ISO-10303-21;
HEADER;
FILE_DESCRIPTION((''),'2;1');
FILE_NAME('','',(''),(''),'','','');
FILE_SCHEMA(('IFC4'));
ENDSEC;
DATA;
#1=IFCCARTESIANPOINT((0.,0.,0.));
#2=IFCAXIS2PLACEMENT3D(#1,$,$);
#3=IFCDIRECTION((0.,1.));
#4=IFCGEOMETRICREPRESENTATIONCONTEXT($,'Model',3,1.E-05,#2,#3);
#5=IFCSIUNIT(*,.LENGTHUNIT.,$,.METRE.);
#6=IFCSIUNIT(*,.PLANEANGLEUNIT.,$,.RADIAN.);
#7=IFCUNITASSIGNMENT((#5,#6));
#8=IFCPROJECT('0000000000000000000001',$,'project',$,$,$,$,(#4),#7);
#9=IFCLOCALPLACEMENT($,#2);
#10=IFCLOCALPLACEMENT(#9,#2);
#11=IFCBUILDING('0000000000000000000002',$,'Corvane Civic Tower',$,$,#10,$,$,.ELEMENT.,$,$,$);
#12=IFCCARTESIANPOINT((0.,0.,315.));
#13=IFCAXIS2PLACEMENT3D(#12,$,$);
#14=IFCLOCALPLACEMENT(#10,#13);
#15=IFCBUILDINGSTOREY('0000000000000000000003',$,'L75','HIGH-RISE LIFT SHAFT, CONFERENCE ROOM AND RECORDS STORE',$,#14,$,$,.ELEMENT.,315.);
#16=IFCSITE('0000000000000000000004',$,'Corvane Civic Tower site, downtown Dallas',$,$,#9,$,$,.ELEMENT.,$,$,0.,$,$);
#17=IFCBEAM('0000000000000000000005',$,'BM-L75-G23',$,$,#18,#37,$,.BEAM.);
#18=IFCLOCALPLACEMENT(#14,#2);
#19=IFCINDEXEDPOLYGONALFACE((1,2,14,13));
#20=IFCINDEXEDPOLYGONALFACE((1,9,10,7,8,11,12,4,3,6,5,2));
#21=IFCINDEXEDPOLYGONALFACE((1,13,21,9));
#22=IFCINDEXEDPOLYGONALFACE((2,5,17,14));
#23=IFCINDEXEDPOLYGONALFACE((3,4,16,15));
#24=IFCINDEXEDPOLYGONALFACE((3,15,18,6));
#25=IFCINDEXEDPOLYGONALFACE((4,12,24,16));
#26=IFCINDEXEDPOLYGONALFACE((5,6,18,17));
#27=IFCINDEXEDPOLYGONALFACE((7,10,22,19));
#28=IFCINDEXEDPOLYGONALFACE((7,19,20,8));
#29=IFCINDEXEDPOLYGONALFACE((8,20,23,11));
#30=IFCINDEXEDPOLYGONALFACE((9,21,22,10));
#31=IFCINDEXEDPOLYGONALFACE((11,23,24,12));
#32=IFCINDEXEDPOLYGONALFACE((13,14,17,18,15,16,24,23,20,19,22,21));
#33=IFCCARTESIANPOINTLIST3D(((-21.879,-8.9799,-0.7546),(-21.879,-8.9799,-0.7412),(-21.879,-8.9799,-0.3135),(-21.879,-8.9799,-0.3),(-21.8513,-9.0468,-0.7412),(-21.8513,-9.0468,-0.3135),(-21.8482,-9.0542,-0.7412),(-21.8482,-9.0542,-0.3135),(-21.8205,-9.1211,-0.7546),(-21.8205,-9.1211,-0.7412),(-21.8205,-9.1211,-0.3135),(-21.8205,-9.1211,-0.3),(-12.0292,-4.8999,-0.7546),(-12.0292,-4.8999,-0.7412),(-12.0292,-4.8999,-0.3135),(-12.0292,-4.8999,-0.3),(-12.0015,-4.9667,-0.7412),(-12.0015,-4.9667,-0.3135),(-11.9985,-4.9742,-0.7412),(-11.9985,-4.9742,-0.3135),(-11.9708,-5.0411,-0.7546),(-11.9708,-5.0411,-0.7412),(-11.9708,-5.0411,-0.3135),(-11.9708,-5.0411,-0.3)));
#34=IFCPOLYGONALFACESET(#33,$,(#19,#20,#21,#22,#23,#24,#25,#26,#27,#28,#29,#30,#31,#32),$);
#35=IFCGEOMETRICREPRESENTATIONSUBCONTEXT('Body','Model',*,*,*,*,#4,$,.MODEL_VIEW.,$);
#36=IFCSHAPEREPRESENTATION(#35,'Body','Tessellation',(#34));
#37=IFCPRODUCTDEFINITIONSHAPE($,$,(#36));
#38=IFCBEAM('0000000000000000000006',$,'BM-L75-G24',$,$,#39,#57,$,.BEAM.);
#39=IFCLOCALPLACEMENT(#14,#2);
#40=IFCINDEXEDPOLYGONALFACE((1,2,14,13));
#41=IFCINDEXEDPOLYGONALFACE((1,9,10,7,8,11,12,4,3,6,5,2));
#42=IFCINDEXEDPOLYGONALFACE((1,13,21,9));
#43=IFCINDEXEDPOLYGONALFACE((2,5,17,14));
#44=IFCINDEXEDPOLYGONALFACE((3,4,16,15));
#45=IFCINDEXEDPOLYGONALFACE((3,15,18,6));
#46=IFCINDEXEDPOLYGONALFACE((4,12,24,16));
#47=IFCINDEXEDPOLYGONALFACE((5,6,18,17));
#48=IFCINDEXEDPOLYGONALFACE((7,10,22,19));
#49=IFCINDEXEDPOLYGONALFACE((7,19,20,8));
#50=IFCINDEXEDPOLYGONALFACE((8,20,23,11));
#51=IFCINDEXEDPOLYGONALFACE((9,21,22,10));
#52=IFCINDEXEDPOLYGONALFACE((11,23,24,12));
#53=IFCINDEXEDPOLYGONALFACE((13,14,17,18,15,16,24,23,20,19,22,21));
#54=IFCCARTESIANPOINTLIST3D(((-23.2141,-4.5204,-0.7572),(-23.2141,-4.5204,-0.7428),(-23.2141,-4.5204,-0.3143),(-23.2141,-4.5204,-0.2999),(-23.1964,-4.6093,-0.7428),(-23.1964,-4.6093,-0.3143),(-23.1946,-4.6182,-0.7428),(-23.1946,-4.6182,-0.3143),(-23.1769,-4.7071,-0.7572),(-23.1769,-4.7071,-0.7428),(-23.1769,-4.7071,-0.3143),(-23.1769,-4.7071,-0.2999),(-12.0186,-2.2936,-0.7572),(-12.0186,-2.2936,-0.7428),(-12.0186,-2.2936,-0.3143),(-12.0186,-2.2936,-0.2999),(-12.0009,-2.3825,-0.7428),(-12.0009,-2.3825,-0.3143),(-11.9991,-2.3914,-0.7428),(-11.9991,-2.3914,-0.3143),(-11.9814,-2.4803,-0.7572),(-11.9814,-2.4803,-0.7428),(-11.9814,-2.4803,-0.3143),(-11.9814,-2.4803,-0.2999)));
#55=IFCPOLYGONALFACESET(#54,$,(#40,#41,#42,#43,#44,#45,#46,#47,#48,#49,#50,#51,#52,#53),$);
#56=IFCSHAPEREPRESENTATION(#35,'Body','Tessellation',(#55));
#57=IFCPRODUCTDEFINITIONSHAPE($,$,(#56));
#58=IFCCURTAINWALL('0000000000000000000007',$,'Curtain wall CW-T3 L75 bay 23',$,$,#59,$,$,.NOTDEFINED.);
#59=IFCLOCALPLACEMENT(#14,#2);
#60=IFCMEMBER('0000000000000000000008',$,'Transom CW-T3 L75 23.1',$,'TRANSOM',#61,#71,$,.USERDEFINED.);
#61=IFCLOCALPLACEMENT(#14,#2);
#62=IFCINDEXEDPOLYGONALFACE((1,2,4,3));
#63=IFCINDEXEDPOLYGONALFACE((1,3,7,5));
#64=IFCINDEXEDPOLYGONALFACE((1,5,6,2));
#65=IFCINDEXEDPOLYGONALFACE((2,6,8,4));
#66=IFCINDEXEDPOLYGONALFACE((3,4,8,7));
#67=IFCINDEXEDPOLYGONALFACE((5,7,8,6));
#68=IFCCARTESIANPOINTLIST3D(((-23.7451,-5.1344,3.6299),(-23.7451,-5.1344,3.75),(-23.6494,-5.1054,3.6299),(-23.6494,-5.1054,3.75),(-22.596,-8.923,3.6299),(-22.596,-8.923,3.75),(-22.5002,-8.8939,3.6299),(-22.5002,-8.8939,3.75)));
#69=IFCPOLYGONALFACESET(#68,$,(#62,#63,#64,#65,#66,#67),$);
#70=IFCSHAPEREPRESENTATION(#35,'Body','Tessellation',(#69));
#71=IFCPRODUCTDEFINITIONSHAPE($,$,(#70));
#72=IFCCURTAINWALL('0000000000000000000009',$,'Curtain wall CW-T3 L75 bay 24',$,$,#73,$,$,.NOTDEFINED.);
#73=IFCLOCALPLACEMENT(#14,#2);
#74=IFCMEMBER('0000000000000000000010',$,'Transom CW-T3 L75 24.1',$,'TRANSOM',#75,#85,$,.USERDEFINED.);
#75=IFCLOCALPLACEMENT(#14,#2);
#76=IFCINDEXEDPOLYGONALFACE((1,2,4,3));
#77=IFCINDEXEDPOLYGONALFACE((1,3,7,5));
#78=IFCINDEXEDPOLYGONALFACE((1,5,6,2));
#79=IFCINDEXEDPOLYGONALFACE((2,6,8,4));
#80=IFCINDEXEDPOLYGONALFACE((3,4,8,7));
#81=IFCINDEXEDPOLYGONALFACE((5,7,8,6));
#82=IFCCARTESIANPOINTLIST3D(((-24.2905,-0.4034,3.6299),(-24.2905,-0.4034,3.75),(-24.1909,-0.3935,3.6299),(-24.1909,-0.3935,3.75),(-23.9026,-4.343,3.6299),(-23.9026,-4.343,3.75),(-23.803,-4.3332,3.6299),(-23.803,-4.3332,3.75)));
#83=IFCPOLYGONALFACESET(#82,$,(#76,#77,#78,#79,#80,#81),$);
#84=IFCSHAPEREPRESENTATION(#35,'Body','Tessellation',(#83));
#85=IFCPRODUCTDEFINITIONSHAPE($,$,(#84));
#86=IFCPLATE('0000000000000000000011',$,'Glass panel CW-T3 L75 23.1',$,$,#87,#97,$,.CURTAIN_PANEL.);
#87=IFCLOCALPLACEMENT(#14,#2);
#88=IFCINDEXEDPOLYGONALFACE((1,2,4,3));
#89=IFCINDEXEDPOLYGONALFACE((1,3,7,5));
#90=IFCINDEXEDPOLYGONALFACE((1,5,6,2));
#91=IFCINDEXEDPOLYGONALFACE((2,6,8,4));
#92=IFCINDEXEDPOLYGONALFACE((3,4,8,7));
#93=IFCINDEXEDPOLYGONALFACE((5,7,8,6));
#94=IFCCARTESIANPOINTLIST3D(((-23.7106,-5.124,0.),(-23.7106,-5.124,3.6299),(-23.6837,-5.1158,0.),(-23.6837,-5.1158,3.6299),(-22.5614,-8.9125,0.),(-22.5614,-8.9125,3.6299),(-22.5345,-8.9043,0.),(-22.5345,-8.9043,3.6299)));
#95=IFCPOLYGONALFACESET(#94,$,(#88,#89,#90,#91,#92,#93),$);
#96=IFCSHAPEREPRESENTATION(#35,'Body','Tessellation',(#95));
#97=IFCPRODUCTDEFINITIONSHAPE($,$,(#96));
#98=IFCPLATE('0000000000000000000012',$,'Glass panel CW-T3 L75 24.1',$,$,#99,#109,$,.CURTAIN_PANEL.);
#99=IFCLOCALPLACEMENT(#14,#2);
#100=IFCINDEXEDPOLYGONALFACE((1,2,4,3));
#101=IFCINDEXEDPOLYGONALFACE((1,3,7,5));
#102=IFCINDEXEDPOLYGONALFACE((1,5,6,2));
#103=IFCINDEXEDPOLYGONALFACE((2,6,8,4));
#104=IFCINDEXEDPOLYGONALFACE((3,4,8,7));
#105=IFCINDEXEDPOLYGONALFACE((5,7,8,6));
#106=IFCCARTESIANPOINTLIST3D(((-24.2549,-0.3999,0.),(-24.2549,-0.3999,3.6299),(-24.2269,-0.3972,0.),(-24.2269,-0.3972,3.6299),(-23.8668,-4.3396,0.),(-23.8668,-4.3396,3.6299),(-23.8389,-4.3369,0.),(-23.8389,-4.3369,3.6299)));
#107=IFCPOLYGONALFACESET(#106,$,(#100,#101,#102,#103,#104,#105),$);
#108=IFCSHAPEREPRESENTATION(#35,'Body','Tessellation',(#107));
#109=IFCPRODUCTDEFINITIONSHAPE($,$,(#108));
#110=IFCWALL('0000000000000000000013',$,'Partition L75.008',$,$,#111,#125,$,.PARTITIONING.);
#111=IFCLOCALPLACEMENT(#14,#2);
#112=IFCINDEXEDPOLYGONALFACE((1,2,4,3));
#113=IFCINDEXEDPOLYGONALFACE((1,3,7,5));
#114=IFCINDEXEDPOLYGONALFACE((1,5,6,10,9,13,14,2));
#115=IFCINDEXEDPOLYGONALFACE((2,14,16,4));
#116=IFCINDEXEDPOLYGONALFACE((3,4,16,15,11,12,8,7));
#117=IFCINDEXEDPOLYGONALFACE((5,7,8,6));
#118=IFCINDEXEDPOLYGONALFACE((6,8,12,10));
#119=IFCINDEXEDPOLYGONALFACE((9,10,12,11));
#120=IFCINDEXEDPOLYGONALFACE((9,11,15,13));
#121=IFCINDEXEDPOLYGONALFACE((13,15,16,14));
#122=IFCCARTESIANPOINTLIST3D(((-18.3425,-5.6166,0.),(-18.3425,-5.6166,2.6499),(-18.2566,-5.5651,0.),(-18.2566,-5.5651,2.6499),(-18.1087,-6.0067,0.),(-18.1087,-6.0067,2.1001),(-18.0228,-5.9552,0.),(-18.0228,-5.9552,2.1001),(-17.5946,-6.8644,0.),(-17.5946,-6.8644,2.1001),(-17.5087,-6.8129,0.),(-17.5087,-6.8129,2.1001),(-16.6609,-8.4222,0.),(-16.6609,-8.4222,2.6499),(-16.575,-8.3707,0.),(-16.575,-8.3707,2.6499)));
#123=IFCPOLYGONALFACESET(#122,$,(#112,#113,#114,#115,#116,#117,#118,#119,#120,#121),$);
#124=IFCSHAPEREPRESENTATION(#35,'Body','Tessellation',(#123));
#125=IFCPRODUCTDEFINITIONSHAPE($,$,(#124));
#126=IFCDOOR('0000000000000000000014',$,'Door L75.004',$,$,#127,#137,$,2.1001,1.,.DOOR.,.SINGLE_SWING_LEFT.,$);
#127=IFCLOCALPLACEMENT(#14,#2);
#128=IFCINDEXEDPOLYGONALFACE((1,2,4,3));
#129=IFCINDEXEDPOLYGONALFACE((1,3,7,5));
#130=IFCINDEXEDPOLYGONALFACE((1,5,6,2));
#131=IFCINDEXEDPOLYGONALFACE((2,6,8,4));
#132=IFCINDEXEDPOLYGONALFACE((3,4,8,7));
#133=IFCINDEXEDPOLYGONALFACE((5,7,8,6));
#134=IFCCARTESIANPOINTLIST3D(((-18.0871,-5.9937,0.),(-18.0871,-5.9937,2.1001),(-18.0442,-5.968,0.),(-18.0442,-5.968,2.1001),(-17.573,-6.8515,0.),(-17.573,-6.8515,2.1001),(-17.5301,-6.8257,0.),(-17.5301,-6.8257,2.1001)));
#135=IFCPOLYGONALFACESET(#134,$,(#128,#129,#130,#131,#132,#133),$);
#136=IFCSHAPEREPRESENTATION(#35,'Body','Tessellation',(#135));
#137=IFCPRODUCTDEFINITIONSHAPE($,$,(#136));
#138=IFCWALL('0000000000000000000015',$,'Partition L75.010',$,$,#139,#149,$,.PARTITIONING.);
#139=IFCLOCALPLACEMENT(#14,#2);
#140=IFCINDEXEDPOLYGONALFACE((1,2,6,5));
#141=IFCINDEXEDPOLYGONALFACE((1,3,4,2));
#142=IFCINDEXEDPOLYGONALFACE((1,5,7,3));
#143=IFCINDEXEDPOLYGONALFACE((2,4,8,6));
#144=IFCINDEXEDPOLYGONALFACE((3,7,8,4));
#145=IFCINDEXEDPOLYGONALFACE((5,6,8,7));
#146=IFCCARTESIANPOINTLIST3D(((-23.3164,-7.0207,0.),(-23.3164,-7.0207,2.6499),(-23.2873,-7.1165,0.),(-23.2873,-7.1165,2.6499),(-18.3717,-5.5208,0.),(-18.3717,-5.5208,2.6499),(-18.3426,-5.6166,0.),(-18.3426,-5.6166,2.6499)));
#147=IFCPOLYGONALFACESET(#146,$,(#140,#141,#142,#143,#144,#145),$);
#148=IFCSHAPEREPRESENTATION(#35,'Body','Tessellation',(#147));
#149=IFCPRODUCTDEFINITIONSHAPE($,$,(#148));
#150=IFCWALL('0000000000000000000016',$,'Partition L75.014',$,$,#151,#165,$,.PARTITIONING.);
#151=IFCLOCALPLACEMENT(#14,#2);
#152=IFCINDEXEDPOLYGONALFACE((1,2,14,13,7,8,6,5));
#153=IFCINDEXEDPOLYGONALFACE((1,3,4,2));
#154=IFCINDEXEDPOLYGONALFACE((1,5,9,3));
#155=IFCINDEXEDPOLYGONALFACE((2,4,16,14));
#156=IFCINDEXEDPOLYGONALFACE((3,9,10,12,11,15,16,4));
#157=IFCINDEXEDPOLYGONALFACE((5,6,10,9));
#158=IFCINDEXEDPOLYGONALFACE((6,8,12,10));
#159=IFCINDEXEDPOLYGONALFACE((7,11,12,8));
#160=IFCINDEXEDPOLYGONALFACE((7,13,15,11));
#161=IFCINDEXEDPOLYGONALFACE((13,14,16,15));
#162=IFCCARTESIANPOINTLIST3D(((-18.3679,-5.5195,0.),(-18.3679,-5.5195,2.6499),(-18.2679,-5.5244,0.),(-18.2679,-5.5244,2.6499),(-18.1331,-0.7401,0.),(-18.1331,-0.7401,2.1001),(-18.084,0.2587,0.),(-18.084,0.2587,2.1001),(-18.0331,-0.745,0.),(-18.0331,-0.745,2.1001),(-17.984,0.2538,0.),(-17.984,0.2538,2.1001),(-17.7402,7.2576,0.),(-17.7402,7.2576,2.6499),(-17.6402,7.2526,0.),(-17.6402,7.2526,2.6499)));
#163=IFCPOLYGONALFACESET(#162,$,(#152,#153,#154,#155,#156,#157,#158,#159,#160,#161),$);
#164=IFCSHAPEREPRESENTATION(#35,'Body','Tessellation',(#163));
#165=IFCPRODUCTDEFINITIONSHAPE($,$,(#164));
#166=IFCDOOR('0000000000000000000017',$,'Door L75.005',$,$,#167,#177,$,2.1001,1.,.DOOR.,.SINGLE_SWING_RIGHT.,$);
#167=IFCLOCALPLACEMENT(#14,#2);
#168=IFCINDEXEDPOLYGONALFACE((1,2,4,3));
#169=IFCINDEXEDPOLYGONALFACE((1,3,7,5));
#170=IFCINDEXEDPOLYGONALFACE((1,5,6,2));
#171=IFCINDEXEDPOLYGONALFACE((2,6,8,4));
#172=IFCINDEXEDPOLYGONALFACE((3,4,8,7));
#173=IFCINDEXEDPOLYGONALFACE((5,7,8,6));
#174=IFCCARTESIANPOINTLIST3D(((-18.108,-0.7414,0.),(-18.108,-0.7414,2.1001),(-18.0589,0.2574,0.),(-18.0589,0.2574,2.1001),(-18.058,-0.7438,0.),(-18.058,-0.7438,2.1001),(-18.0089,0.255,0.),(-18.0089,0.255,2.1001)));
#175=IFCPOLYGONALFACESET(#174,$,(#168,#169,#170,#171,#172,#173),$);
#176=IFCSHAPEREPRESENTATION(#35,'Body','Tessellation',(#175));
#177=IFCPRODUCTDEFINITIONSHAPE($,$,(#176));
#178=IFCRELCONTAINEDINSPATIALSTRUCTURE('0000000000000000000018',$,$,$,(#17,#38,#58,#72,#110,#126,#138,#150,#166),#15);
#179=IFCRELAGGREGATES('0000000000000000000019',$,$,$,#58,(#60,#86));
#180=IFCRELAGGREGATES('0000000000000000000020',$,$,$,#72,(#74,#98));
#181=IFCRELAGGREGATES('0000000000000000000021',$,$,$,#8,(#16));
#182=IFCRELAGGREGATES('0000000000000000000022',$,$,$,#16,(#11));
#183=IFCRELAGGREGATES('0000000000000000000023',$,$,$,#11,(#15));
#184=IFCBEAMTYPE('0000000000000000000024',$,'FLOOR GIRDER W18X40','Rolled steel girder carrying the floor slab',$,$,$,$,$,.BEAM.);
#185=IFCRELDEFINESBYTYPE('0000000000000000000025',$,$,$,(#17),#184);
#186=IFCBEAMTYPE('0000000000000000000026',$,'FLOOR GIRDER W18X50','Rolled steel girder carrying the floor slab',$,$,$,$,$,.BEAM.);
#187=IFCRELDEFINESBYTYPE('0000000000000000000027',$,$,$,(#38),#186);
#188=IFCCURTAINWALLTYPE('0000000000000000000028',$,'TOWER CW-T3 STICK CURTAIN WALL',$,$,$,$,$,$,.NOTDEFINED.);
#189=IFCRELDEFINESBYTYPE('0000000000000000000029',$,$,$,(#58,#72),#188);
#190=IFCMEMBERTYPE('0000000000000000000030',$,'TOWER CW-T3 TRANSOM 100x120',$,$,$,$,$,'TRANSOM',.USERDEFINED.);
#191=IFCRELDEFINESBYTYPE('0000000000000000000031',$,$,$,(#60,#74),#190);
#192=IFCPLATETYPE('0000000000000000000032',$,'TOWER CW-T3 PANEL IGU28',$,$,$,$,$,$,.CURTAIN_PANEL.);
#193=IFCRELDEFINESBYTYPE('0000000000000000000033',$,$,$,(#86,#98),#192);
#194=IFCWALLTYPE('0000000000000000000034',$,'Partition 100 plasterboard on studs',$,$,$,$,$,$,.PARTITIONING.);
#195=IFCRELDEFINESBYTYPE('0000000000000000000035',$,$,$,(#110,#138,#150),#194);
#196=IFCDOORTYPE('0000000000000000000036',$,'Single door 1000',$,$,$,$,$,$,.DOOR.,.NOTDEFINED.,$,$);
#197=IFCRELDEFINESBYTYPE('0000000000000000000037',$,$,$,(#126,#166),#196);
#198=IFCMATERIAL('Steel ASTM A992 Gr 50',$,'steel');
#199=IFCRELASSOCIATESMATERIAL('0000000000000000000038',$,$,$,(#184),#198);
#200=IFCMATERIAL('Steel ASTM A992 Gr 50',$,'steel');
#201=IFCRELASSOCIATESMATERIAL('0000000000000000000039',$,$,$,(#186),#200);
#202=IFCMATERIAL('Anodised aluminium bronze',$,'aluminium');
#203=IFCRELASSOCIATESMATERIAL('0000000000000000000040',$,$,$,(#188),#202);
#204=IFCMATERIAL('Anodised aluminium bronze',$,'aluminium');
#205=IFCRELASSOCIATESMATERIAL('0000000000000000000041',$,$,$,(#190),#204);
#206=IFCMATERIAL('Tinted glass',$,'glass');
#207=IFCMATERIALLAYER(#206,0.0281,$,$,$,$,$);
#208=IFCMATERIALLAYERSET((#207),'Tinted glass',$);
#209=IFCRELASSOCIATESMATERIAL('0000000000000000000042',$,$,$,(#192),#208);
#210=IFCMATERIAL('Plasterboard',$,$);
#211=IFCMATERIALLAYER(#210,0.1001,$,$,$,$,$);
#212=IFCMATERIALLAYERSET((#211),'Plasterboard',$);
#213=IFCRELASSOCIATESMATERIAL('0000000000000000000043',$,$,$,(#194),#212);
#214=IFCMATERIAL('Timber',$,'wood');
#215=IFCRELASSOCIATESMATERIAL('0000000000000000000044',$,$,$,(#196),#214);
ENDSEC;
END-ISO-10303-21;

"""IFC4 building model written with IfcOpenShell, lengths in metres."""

from ifc_helpers import new_model, si_unit, direction, frame, frame_2d, origin, origin_2d, place, context, subcontext, project, spatial, rectangle, i_section, extrude, material, layer, layer_set, material_profile, profile_set, type_object, element, fill, aggregate, save


model = new_model("IFC4")

# Units and contexts
model_context = context("Model", 3, precision=1e-05, world=origin(), true_north=direction((0.0, 1.0)))
body_context = subcontext(model_context, "Body", "Model", "MODEL_VIEW")
ifc_project = project(units=[si_unit("LENGTHUNIT", "METRE"), si_unit("PLANEANGLEUNIT", "RADIAN")], contexts=[model_context])

# Site, building, storey
site_placement = place(None, origin())
site = spatial("IfcSite", under=ifc_project, at=site_placement, Name="Corvane Civic Tower site, downtown Dallas", CompositionType="ELEMENT", RefElevation=0.0)
building_placement = place(site_placement, origin())
building = spatial("IfcBuilding", under=site, at=building_placement, Name="Corvane Civic Tower", CompositionType="ELEMENT")
storey_placement = place(building_placement, frame((0.0, 0.0, 315.0)))
storey = spatial("IfcBuildingStorey", under=building, at=storey_placement, Name="L75", Description="HIGH-RISE LIFT SHAFT, CONFERENCE ROOM AND RECORDS STORE", CompositionType="ELEMENT", Elevation=315.0)

# Beams
ifc_material_1 = material(Name="Steel ASTM A992 Gr 50", Category="steel")
ifc_material_profile_1 = material_profile(ifc_material_1, i_section(OverallWidth=0.1528, OverallDepth=0.4546, WebThickness=0.0081, FlangeThickness=0.0134, at=origin_2d()), Name="W18X40")
ifc_profile_set_1 = profile_set([ifc_material_profile_1], Name="Steel ASTM A992 Gr 50")
beam_type_1 = type_object("IfcBeamType", Name="FLOOR GIRDER W18X40", Description="Rolled steel girder carrying the floor slab", PredefinedType="BEAM", material=ifc_profile_set_1)
beam_1_placement = place(storey_placement, frame((-12.0, -4.9705, -0.5273), z_axis=(-0.923875, -0.382694, 0.0), x_axis=(0.382694, -0.923875, 0.0)))
element("IfcBeam", 1, at=beam_1_placement, inside=storey, type_object=beam_type_1, Name="BM-L75-G23", PredefinedType="BEAM", context=body_context, shape_type="SweptSolid", body=[
    extrude(i_section(OverallWidth=0.1528, OverallDepth=0.4546, WebThickness=0.0081, FlangeThickness=0.0134, at=origin_2d()), origin(), (0.0, 0.0, 1.0), 10.6614),
])
ifc_material_2 = material(Name="Steel ASTM A992 Gr 50", Category="steel")
ifc_material_profile_2 = material_profile(ifc_material_2, i_section(OverallWidth=0.1904, OverallDepth=0.4573, WebThickness=0.009, FlangeThickness=0.0144, at=origin_2d()), Name="W18X50")
ifc_profile_set_2 = profile_set([ifc_material_profile_2], Name="Steel ASTM A992 Gr 50")
beam_type_2 = type_object("IfcBeamType", Name="FLOOR GIRDER W18X50", Description="Rolled steel girder carrying the floor slab", PredefinedType="BEAM", material=ifc_profile_set_2)
beam_2_placement = place(storey_placement, frame((-12.0, -2.387, -0.5286), z_axis=(-0.980787, -0.19508, 0.0), x_axis=(0.19508, -0.980787, 0.0)))
element("IfcBeam", 2, at=beam_2_placement, inside=storey, type_object=beam_type_2, Name="BM-L75-G24", PredefinedType="BEAM", context=body_context, shape_type="SweptSolid", body=[
    extrude(i_section(OverallWidth=0.1904, OverallDepth=0.4573, WebThickness=0.009, FlangeThickness=0.0144, at=origin_2d()), origin(), (0.0, 0.0, 1.0), 11.4148),
])

# Curtain walls, members
ifc_material_3 = material(Name="Anodised aluminium bronze", Category="aluminium")
curtain_wall_type = type_object("IfcCurtainWallType", Name="TOWER CW-T3 STICK CURTAIN WALL", PredefinedType="NOTDEFINED", material=ifc_material_3)
curtain_wall_1_placement = place(storey_placement, origin())
curtain_wall_1 = element("IfcCurtainWall", 3, at=curtain_wall_1_placement, inside=storey, type_object=curtain_wall_type, Name="Curtain wall CW-T3 L75 bay 23", PredefinedType="NOTDEFINED")
ifc_material_4 = material(Name="Anodised aluminium bronze", Category="aluminium")
ifc_material_profile_3 = material_profile(ifc_material_4, rectangle(XDim=0.1001, YDim=0.1201, at=origin_2d()), Name="TOWER CW-T3 TRANSOM 100x120")
ifc_profile_set_3 = profile_set([ifc_material_profile_3], Name="Anodised aluminium bronze")
member_type = type_object("IfcMemberType", Name="TOWER CW-T3 TRANSOM 100x120", ElementType="TRANSOM", PredefinedType="USERDEFINED", material=ifc_profile_set_3)
member_1_placement = place(storey_placement, frame((-22.5481, -8.9084, 3.6899), z_axis=(-0.290266, 0.956946, 0.0), x_axis=(-0.956946, -0.290266, 0.0)))
member_1 = element("IfcMember", 4, at=member_1_placement, type_object=member_type, Name="Transom CW-T3 L75 23.1", ObjectType="TRANSOM", PredefinedType="USERDEFINED", context=body_context, shape_type="SweptSolid", body=[
    extrude(rectangle(XDim=0.1001, YDim=0.1201, at=origin_2d()), origin(), (0.0, 0.0, 1.0), 3.959),
])
curtain_wall_2_placement = place(storey_placement, origin())
curtain_wall_2 = element("IfcCurtainWall", 5, at=curtain_wall_2_placement, inside=storey, type_object=curtain_wall_type, Name="Curtain wall CW-T3 L75 bay 24", PredefinedType="NOTDEFINED")
member_2_placement = place(storey_placement, frame((-23.8528, -4.3381, 3.6899), z_axis=(-0.097995, 0.995187, 0.0), x_axis=(-0.995187, -0.097995, 0.0)))
member_2 = element("IfcMember", 6, at=member_2_placement, type_object=member_type, Name="Transom CW-T3 L75 24.1", ObjectType="TRANSOM", PredefinedType="USERDEFINED", context=body_context, shape_type="SweptSolid", body=[
    extrude(rectangle(XDim=0.1001, YDim=0.1201, at=origin_2d()), origin(), (0.0, 0.0, 1.0), 3.9587),
])

# Plates
ifc_material_5 = material(Name="Tinted glass", Category="glass")
ifc_layer_1 = layer(ifc_material_5, 0.0281)
ifc_layer_set_1 = layer_set([ifc_layer_1], Name="Tinted glass")
plate_type = type_object("IfcPlateType", Name="TOWER CW-T3 PANEL IGU28", PredefinedType="CURTAIN_PANEL", material=ifc_layer_set_1)
plate_1_placement = place(storey_placement, frame((-23.1226, -7.0142, 0.0), z_axis=(0.0, 0.0, 1.0), x_axis=(-0.290274, 0.956944, 0.0)))
plate_1 = element("IfcPlate", 7, at=plate_1_placement, type_object=plate_type, Name="Glass panel CW-T3 L75 23.1", PredefinedType="CURTAIN_PANEL", context=body_context, shape_type="SweptSolid", body=[
    extrude(rectangle(XDim=3.959, YDim=0.0281, at=origin_2d()), origin(), (0.0, 0.0, 1.0), 3.6299),
])
aggregate(curtain_wall_1, [member_1, plate_1])
plate_2_placement = place(storey_placement, frame((-24.0469, -2.3684, 0.0), z_axis=(0.0, 0.0, 1.0), x_axis=(-0.098021, 0.995184, 0.0)))
plate_2 = element("IfcPlate", 8, at=plate_2_placement, type_object=plate_type, Name="Glass panel CW-T3 L75 24.1", PredefinedType="CURTAIN_PANEL", context=body_context, shape_type="SweptSolid", body=[
    extrude(rectangle(XDim=3.9587, YDim=0.0281, at=origin_2d()), origin(), (0.0, 0.0, 1.0), 3.6299),
])
aggregate(curtain_wall_2, [member_2, plate_2])

# Wall, opening, door
ifc_material_6 = material(Name="Plasterboard")
ifc_layer_2 = layer(ifc_material_6, 0.1001)
ifc_layer_set_2 = layer_set([ifc_layer_2], Name="Plasterboard")
wall_type = type_object("IfcWallType", Name="Partition 100 plasterboard on studs", PredefinedType="PARTITIONING", material=ifc_layer_set_2)
wall_1_placement = place(storey_placement, frame((-18.2996, -5.5908, 0.0), z_axis=(0.0, 0.0, 1.0), x_axis=(0.514101, -0.85773, 0.0)))
wall_1 = element("IfcWall", 9, at=wall_1_placement, inside=storey, type_object=wall_type, Name="Partition L75.008", PredefinedType="PARTITIONING", context=body_context, shape_type="SweptSolid", body=[
    extrude(rectangle(XDim=3.271, YDim=0.1001, at=frame_2d((1.6355, 0.0))), origin(), (0.0, 0.0, 1.0), 2.6499),
])
opening_1_placement = place(wall_1_placement, frame((0.4548, 0.0, 0.0)))
opening_1 = element("IfcOpeningElement", 10, at=opening_1_placement, cuts=wall_1, PredefinedType="OPENING", context=body_context, shape_type="SweptSolid", body=[
    extrude(rectangle(XDim=1.0, YDim=2.1001, at=frame_2d((0.5, 1.05))), frame((0.0, 0.0601, 0.0), z_axis=(0.0, -1.0, 0.0), x_axis=(1.0, 0.0, 0.0)), (0.0, 0.0, 1.0), 0.1201),
])
ifc_material_7 = material(Name="Timber", Category="wood")
door_type = type_object("IfcDoorType", Name="Single door 1000", OperationType="NOTDEFINED", PredefinedType="DOOR", material=ifc_material_7)
door_1_placement = place(opening_1_placement, frame((1.0, 0.0, 0.0), z_axis=(0.0, 0.0, 1.0), x_axis=(-1.0, 0.0, 0.0)))
door_1 = element("IfcDoor", 11, at=door_1_placement, inside=storey, type_object=door_type, Name="Door L75.004", OperationType="SINGLE_SWING_LEFT", OverallHeight=2.1001, OverallWidth=1.0, PredefinedType="DOOR", context=body_context, shape_type="SweptSolid", body=[
    extrude(rectangle(XDim=1.0, YDim=2.1001, at=frame_2d((0.5, 1.05))), frame((0.0, 0.0249, 0.0), z_axis=(0.0, -1.0, 0.0), x_axis=(1.0, 0.0, 0.0)), (0.0, 0.0, 1.0), 0.05),
])
fill(opening_1, door_1)

# Wall
wall_2_placement = place(storey_placement, frame((-23.3018, -7.0686, 0.0), z_axis=(0.0, 0.0, 1.0), x_axis=(0.95694, 0.290285, 0.0)))
element("IfcWall", 12, at=wall_2_placement, inside=storey, type_object=wall_type, Name="Partition L75.010", PredefinedType="PARTITIONING", context=body_context, shape_type="SweptSolid", body=[
    extrude(rectangle(XDim=5.1672, YDim=0.1001, at=frame_2d((2.5835, 0.0))), origin(), (0.0, 0.0, 1.0), 2.6499),
])

# Wall, opening, door
wall_3_placement = place(storey_placement, frame((-18.3179, -5.522, 0.0), z_axis=(0.0, 0.0, 1.0), x_axis=(0.049067, 0.998796, 0.0)))
wall_3 = element("IfcWall", 13, at=wall_3_placement, inside=storey, type_object=wall_type, Name="Partition L75.014", PredefinedType="PARTITIONING", context=body_context, shape_type="SweptSolid", body=[
    extrude(rectangle(XDim=12.7925, YDim=0.1001, at=frame_2d((6.3962, 0.0))), origin(), (0.0, 0.0, 1.0), 2.6499),
])
opening_2_placement = place(wall_3_placement, frame((4.7852, 0.0, 0.0)))
opening_2 = element("IfcOpeningElement", 14, at=opening_2_placement, cuts=wall_3, PredefinedType="OPENING", context=body_context, shape_type="SweptSolid", body=[
    extrude(rectangle(XDim=1.0, YDim=2.1001, at=frame_2d((0.5, 1.05))), frame((0.0, 0.0601, 0.0), z_axis=(0.0, -1.0, 0.0), x_axis=(1.0, 0.0, 0.0)), (0.0, 0.0, 1.0), 0.1201),
])
door_2_placement = place(opening_2_placement, origin())
door_2 = element("IfcDoor", 15, at=door_2_placement, inside=storey, type_object=door_type, Name="Door L75.005", OperationType="SINGLE_SWING_RIGHT", OverallHeight=2.1001, OverallWidth=1.0, PredefinedType="DOOR", context=body_context, shape_type="SweptSolid", body=[
    extrude(rectangle(XDim=1.0, YDim=2.1001, at=frame_2d((0.5, 1.05))), frame((0.0, 0.0249, 0.0), z_axis=(0.0, -1.0, 0.0), x_axis=(1.0, 0.0, 0.0)), (0.0, 0.0, 1.0), 0.05),
])
fill(opening_2, door_2)

save(model, "model.ifc")
